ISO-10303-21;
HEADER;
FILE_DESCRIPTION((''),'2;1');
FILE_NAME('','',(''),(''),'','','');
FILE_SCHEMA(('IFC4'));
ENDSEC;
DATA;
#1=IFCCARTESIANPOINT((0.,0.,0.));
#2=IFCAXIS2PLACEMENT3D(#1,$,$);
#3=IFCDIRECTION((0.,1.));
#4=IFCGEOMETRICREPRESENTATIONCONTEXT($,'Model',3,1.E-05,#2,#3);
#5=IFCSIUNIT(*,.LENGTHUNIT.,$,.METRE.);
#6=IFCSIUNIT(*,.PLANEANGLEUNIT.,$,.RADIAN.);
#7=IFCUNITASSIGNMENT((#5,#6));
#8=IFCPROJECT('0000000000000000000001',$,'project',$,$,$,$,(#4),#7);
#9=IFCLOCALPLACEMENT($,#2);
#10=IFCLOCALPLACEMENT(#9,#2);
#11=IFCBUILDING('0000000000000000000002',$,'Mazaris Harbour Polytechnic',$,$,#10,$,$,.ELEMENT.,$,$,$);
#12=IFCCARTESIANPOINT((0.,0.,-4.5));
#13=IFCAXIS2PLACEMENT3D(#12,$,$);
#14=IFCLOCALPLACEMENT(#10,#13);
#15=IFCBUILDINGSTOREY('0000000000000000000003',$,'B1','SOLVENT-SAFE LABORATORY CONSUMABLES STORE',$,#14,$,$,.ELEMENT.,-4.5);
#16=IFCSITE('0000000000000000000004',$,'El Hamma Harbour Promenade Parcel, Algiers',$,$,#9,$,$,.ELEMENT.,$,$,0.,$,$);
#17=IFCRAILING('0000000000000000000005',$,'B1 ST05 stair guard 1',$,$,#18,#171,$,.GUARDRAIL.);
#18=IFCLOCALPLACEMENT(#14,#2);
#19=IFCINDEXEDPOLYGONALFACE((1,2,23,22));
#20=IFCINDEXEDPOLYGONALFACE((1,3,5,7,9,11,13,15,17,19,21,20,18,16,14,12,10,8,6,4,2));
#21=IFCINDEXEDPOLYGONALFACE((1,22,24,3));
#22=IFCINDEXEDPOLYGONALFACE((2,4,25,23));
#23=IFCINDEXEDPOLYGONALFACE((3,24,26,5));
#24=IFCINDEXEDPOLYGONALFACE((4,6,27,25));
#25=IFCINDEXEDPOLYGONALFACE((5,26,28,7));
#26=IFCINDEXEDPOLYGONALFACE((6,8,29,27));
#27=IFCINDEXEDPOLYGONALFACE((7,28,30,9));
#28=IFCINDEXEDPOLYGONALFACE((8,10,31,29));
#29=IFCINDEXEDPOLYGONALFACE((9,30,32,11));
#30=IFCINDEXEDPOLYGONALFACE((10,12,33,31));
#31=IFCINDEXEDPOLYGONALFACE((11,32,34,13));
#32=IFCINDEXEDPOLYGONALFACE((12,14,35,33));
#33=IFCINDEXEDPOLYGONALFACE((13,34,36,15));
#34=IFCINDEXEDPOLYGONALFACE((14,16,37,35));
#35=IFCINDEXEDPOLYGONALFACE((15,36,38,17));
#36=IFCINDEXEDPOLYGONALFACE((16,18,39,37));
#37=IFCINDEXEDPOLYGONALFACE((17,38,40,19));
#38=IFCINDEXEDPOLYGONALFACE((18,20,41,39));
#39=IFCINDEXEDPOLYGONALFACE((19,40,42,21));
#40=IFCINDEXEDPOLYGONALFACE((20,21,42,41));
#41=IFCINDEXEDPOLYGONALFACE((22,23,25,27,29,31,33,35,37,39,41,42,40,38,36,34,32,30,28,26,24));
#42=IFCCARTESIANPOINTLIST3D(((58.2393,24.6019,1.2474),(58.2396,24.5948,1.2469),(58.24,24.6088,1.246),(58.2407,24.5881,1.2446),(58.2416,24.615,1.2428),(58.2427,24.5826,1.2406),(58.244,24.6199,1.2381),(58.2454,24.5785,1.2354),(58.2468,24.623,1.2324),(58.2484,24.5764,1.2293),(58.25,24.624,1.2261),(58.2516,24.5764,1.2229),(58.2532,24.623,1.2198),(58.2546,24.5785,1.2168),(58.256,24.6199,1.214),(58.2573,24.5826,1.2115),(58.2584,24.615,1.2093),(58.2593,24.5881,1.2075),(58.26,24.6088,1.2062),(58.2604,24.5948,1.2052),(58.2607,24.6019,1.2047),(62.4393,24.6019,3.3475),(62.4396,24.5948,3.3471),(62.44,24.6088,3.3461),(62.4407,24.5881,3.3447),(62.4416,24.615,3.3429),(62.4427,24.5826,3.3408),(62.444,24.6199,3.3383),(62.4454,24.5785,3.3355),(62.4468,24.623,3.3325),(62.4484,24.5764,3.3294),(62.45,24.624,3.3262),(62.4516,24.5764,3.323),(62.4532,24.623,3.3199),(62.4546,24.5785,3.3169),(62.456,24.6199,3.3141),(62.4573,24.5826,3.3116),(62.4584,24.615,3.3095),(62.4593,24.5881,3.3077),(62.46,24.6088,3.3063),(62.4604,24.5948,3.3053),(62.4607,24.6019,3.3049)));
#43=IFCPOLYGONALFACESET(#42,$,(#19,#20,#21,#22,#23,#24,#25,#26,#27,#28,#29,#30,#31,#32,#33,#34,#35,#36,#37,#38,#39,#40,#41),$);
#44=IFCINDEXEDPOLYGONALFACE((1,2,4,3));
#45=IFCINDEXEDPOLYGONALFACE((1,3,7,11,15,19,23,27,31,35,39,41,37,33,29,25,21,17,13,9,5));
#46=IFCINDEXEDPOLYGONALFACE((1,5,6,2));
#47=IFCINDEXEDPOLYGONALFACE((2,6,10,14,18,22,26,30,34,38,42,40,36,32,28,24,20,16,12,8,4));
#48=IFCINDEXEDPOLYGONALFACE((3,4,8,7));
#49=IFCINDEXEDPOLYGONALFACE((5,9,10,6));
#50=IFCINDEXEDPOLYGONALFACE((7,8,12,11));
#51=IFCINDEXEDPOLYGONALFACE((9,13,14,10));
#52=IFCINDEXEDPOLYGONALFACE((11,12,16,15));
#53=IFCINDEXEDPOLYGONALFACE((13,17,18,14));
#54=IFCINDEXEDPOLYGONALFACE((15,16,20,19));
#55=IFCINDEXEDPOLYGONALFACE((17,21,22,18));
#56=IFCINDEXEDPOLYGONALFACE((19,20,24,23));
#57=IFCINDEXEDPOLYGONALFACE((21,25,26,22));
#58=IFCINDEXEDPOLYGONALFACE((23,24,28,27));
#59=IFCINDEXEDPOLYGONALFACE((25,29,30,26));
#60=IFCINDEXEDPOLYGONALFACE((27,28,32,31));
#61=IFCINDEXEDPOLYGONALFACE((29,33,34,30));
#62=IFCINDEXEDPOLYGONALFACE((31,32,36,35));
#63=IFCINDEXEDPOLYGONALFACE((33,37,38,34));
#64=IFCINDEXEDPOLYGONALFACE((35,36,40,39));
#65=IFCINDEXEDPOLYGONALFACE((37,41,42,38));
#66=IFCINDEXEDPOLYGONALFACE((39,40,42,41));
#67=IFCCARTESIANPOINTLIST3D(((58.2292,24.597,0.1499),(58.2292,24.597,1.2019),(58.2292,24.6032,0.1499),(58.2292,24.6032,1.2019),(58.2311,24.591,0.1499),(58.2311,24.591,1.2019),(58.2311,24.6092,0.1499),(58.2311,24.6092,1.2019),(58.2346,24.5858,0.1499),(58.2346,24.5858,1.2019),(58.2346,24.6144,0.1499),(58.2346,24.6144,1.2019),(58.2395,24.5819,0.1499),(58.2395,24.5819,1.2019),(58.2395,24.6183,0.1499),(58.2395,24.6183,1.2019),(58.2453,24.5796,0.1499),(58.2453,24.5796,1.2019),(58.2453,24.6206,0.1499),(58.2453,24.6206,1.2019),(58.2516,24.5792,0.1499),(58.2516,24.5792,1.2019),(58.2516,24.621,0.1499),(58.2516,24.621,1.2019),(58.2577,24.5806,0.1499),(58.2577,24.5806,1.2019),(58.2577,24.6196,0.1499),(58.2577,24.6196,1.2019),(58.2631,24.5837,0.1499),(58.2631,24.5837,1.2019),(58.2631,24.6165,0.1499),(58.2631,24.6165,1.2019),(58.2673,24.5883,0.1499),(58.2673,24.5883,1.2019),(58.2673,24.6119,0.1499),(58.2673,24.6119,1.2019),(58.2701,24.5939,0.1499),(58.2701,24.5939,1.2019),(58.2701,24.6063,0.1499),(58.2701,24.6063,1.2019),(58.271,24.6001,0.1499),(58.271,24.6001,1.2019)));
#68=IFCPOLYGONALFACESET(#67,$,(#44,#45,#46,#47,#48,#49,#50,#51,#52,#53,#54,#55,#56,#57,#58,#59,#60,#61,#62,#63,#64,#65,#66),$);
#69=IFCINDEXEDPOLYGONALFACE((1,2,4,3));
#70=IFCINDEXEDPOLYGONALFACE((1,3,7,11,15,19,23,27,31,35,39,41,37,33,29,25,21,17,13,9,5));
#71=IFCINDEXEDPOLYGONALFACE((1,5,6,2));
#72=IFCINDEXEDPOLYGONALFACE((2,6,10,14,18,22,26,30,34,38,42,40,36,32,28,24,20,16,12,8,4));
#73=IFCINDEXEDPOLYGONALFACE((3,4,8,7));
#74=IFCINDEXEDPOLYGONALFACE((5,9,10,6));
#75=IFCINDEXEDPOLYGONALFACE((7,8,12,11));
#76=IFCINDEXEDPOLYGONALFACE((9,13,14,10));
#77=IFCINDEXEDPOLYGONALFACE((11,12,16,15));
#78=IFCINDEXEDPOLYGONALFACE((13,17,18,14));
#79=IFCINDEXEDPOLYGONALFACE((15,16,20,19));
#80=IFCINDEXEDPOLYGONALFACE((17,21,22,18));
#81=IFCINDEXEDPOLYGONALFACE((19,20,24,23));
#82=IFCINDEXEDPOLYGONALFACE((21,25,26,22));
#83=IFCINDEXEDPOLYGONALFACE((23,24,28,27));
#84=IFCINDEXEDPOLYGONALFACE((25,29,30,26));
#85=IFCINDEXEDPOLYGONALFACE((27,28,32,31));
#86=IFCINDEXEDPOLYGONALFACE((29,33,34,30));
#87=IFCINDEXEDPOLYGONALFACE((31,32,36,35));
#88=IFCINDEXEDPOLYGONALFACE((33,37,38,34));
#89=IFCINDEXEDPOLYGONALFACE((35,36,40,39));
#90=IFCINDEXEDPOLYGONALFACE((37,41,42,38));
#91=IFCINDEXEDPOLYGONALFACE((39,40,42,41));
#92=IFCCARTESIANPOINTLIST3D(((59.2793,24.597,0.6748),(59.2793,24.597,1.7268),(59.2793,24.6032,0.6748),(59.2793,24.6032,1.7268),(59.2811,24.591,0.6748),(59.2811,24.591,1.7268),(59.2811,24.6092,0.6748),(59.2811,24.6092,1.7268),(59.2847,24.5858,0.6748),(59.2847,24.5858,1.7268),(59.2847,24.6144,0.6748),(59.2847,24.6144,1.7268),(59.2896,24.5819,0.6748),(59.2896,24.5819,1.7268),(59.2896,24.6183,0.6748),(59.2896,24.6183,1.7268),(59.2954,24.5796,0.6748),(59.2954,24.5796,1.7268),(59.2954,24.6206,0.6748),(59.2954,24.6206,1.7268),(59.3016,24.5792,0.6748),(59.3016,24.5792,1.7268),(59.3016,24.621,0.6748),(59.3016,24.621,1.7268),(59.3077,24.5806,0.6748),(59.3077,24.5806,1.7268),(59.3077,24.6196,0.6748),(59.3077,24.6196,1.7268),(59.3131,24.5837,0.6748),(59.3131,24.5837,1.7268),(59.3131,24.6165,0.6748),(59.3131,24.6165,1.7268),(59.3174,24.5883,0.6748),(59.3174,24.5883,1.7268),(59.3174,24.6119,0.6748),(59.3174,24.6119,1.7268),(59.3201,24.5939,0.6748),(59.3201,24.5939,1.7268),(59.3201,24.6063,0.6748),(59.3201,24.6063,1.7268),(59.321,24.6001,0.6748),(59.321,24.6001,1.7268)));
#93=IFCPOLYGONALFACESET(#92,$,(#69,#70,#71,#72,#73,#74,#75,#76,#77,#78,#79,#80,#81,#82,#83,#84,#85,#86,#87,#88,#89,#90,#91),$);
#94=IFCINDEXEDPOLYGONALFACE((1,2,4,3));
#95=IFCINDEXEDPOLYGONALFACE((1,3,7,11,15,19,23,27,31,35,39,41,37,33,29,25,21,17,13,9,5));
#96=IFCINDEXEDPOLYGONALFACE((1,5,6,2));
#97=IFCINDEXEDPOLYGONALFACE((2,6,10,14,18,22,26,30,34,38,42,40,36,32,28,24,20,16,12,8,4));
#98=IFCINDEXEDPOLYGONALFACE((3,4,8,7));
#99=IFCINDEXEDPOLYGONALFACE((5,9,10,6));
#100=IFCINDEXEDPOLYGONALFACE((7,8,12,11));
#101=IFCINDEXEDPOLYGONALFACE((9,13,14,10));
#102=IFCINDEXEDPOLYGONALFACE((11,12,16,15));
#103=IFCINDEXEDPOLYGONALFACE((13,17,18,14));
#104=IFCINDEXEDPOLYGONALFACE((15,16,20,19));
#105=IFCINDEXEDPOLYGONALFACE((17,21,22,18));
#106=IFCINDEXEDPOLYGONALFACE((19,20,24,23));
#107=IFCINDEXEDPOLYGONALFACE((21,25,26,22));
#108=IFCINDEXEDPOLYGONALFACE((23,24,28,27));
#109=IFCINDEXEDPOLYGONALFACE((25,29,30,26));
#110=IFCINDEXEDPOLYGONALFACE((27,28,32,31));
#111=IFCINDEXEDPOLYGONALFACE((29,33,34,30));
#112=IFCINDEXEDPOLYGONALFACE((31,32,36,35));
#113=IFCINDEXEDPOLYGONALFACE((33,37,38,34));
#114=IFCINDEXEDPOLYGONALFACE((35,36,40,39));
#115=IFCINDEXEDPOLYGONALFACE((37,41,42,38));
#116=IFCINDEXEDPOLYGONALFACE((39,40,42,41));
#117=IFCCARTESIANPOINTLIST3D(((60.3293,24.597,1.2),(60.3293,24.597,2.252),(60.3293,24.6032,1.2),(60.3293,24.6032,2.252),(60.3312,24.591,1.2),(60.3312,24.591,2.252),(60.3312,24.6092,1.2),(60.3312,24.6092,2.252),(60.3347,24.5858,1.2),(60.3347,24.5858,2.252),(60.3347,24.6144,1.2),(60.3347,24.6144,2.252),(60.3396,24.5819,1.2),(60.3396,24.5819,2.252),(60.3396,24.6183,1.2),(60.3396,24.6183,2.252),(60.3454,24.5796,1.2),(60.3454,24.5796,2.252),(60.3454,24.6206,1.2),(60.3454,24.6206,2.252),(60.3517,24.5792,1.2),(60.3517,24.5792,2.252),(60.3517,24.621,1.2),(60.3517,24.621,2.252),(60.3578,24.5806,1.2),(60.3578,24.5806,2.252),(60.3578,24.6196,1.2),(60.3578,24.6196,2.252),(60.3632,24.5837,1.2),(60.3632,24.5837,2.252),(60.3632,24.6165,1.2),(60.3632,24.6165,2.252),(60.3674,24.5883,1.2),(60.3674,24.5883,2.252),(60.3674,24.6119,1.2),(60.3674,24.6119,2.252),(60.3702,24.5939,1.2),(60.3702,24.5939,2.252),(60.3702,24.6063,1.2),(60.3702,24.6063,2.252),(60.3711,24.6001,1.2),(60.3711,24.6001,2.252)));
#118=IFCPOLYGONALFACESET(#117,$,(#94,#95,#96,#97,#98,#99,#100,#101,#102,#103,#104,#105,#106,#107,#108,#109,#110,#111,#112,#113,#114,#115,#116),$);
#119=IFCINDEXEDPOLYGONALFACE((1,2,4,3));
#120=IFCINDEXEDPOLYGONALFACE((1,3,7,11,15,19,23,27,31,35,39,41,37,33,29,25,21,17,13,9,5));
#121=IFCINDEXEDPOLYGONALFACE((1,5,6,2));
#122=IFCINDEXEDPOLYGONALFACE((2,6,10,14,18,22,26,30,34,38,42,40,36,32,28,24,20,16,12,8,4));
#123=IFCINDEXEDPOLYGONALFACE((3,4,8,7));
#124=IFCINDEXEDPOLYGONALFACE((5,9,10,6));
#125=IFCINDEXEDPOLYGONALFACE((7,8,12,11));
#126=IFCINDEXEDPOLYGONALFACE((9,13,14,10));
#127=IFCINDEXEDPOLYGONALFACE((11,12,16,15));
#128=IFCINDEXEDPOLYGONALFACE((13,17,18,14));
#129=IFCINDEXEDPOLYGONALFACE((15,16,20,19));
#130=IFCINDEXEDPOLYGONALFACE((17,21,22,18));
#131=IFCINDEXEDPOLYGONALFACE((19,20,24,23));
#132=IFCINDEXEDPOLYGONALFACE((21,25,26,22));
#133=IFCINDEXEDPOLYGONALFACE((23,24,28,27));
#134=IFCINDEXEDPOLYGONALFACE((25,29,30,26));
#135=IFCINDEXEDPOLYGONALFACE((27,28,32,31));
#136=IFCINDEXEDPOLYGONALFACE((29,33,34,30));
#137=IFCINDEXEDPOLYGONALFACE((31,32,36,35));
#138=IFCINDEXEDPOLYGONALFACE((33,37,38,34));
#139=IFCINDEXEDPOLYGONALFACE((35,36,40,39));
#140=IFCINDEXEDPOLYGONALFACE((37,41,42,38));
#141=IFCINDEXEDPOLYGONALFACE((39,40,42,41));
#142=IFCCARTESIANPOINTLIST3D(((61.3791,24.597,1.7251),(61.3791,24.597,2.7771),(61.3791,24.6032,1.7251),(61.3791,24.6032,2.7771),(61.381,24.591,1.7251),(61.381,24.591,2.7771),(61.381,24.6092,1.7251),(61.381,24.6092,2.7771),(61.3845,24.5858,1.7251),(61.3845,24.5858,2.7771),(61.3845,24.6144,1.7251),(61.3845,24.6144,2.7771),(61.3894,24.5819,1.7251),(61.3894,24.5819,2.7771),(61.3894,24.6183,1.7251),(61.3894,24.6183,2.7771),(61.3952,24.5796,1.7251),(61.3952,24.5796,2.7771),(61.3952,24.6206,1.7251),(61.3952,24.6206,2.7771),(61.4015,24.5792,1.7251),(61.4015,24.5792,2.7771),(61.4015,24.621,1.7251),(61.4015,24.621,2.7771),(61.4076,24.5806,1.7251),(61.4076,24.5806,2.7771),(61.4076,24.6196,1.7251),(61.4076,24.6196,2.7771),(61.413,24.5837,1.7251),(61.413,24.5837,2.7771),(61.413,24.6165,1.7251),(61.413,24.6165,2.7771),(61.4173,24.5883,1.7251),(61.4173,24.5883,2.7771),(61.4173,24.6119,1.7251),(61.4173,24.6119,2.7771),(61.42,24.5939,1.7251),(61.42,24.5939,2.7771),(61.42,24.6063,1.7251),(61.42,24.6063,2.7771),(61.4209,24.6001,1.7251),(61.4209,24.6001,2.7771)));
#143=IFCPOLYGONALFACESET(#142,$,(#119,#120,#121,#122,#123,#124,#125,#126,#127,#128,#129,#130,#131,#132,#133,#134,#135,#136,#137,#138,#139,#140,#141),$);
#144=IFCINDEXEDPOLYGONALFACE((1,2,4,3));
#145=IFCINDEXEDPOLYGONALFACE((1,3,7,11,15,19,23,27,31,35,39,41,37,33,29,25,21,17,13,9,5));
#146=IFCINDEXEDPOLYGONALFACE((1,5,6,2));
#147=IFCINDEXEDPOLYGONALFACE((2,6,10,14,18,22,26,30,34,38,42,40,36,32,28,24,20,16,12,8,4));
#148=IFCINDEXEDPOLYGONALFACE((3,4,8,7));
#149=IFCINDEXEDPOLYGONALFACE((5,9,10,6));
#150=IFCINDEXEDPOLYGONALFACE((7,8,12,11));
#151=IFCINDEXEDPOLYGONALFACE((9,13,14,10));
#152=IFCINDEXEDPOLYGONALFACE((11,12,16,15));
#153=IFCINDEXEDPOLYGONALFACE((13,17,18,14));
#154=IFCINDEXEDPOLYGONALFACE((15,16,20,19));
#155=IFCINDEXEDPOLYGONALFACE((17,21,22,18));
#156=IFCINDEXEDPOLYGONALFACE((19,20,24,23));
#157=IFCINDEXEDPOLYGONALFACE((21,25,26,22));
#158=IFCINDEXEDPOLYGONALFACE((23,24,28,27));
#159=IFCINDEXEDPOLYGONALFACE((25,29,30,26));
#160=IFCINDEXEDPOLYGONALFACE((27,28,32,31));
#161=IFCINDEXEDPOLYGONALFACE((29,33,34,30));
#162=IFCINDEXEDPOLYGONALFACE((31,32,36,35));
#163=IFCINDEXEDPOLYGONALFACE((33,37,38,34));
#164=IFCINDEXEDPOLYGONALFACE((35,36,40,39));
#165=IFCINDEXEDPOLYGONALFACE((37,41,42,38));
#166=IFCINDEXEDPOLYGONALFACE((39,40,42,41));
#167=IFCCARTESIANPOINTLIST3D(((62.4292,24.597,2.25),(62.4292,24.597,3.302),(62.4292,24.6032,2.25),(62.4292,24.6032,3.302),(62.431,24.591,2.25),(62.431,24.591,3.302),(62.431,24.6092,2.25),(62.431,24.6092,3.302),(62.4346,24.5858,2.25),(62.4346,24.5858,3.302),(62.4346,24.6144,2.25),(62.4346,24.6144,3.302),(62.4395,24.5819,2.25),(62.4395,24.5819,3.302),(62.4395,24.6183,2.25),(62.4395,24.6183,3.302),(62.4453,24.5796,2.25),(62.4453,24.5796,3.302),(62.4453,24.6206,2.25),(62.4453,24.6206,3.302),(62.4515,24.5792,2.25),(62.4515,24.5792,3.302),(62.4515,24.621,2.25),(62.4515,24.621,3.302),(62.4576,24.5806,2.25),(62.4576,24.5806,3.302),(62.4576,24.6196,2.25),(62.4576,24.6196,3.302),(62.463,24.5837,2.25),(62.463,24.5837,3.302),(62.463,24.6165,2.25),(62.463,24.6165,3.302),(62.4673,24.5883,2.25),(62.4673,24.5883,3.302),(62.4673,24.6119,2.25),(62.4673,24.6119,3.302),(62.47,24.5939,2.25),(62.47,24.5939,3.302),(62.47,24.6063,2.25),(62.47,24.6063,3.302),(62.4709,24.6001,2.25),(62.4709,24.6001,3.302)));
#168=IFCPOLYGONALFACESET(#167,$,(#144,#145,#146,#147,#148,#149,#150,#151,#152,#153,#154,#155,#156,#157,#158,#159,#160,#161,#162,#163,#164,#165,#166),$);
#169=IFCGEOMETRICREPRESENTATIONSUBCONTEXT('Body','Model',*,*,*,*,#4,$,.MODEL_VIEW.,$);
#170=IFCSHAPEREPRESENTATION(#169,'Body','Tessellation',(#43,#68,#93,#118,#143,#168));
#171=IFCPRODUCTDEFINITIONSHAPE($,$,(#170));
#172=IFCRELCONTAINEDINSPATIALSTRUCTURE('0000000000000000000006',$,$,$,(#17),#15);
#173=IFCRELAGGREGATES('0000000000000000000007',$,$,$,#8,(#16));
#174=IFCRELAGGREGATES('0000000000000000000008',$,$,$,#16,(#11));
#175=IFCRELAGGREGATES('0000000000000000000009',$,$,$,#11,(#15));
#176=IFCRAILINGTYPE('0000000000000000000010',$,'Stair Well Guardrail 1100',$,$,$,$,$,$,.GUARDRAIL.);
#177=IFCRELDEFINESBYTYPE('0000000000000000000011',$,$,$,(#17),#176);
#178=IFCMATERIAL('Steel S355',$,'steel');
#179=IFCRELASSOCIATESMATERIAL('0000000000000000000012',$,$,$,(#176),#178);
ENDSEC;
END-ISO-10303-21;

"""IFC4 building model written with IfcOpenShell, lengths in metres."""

from ifc_helpers import new_model, si_unit, direction, frame, origin, origin_2d, place, context, subcontext, project, spatial, circle, extrude, material, type_object, element, save


model = new_model("IFC4")

# Units and contexts
model_context = context("Model", 3, precision=1e-05, world=origin(), true_north=direction((0.0, 1.0)))
body_context = subcontext(model_context, "Body", "Model", "MODEL_VIEW")
ifc_project = project(units=[si_unit("LENGTHUNIT", "METRE"), si_unit("PLANEANGLEUNIT", "RADIAN")], contexts=[model_context])

# Site, building, storey
site_placement = place(None, origin())
site = spatial("IfcSite", under=ifc_project, at=site_placement, Name="El Hamma Harbour Promenade Parcel, Algiers", CompositionType="ELEMENT", RefElevation=0.0)
building_placement = place(site_placement, origin())
building = spatial("IfcBuilding", under=site, at=building_placement, Name="Mazaris Harbour Polytechnic", CompositionType="ELEMENT")
storey_placement = place(building_placement, frame((0.0, 0.0, -4.5)))
storey = spatial("IfcBuildingStorey", under=building, at=storey_placement, Name="B1", Description="SOLVENT-SAFE LABORATORY CONSUMABLES STORE", CompositionType="ELEMENT", Elevation=-4.5)

# Railing
ifc_material_1 = material(Name="Steel S355", Category="steel")
railing_type_1 = type_object("IfcRailingType", Name="Stair Well Guardrail 1100", PredefinedType="GUARDRAIL", material=ifc_material_1)
railing_1_placement = place(storey_placement, frame((58.25, 24.6001, 0.1499)))
element("IfcRailing", 1, at=railing_1_placement, inside=storey, type_object=railing_type_1, Name="B1 ST05 stair guard 1", PredefinedType="GUARDRAIL", context=body_context, shape_type="SweptSolid", body=[
    extrude(circle(Radius=0.0239, at=origin_2d()), frame((0.0, 0.0, 1.0762), z_axis=(0.894417, 0.0, 0.447234), x_axis=(0.0, 1.0, 0.0)), (0.0, 0.0, 1.0), 4.6958),
    extrude(circle(Radius=0.021, at=origin_2d()), origin(), (0.0, 0.0, 1.0), 1.052),
    extrude(circle(Radius=0.021, at=origin_2d()), frame((1.05, 0.0, 0.5249)), (0.0, 0.0, 1.0), 1.052),
    extrude(circle(Radius=0.021, at=origin_2d()), frame((2.1001, 0.0, 1.05)), (0.0, 0.0, 1.0), 1.052),
    extrude(circle(Radius=0.021, at=origin_2d()), frame((3.1499, 0.0, 1.5752)), (0.0, 0.0, 1.0), 1.052),
    extrude(circle(Radius=0.021, at=origin_2d()), frame((4.2, 0.0, 2.1001)), (0.0, 0.0, 1.0), 1.052),
])

save(model, "model.ifc")
